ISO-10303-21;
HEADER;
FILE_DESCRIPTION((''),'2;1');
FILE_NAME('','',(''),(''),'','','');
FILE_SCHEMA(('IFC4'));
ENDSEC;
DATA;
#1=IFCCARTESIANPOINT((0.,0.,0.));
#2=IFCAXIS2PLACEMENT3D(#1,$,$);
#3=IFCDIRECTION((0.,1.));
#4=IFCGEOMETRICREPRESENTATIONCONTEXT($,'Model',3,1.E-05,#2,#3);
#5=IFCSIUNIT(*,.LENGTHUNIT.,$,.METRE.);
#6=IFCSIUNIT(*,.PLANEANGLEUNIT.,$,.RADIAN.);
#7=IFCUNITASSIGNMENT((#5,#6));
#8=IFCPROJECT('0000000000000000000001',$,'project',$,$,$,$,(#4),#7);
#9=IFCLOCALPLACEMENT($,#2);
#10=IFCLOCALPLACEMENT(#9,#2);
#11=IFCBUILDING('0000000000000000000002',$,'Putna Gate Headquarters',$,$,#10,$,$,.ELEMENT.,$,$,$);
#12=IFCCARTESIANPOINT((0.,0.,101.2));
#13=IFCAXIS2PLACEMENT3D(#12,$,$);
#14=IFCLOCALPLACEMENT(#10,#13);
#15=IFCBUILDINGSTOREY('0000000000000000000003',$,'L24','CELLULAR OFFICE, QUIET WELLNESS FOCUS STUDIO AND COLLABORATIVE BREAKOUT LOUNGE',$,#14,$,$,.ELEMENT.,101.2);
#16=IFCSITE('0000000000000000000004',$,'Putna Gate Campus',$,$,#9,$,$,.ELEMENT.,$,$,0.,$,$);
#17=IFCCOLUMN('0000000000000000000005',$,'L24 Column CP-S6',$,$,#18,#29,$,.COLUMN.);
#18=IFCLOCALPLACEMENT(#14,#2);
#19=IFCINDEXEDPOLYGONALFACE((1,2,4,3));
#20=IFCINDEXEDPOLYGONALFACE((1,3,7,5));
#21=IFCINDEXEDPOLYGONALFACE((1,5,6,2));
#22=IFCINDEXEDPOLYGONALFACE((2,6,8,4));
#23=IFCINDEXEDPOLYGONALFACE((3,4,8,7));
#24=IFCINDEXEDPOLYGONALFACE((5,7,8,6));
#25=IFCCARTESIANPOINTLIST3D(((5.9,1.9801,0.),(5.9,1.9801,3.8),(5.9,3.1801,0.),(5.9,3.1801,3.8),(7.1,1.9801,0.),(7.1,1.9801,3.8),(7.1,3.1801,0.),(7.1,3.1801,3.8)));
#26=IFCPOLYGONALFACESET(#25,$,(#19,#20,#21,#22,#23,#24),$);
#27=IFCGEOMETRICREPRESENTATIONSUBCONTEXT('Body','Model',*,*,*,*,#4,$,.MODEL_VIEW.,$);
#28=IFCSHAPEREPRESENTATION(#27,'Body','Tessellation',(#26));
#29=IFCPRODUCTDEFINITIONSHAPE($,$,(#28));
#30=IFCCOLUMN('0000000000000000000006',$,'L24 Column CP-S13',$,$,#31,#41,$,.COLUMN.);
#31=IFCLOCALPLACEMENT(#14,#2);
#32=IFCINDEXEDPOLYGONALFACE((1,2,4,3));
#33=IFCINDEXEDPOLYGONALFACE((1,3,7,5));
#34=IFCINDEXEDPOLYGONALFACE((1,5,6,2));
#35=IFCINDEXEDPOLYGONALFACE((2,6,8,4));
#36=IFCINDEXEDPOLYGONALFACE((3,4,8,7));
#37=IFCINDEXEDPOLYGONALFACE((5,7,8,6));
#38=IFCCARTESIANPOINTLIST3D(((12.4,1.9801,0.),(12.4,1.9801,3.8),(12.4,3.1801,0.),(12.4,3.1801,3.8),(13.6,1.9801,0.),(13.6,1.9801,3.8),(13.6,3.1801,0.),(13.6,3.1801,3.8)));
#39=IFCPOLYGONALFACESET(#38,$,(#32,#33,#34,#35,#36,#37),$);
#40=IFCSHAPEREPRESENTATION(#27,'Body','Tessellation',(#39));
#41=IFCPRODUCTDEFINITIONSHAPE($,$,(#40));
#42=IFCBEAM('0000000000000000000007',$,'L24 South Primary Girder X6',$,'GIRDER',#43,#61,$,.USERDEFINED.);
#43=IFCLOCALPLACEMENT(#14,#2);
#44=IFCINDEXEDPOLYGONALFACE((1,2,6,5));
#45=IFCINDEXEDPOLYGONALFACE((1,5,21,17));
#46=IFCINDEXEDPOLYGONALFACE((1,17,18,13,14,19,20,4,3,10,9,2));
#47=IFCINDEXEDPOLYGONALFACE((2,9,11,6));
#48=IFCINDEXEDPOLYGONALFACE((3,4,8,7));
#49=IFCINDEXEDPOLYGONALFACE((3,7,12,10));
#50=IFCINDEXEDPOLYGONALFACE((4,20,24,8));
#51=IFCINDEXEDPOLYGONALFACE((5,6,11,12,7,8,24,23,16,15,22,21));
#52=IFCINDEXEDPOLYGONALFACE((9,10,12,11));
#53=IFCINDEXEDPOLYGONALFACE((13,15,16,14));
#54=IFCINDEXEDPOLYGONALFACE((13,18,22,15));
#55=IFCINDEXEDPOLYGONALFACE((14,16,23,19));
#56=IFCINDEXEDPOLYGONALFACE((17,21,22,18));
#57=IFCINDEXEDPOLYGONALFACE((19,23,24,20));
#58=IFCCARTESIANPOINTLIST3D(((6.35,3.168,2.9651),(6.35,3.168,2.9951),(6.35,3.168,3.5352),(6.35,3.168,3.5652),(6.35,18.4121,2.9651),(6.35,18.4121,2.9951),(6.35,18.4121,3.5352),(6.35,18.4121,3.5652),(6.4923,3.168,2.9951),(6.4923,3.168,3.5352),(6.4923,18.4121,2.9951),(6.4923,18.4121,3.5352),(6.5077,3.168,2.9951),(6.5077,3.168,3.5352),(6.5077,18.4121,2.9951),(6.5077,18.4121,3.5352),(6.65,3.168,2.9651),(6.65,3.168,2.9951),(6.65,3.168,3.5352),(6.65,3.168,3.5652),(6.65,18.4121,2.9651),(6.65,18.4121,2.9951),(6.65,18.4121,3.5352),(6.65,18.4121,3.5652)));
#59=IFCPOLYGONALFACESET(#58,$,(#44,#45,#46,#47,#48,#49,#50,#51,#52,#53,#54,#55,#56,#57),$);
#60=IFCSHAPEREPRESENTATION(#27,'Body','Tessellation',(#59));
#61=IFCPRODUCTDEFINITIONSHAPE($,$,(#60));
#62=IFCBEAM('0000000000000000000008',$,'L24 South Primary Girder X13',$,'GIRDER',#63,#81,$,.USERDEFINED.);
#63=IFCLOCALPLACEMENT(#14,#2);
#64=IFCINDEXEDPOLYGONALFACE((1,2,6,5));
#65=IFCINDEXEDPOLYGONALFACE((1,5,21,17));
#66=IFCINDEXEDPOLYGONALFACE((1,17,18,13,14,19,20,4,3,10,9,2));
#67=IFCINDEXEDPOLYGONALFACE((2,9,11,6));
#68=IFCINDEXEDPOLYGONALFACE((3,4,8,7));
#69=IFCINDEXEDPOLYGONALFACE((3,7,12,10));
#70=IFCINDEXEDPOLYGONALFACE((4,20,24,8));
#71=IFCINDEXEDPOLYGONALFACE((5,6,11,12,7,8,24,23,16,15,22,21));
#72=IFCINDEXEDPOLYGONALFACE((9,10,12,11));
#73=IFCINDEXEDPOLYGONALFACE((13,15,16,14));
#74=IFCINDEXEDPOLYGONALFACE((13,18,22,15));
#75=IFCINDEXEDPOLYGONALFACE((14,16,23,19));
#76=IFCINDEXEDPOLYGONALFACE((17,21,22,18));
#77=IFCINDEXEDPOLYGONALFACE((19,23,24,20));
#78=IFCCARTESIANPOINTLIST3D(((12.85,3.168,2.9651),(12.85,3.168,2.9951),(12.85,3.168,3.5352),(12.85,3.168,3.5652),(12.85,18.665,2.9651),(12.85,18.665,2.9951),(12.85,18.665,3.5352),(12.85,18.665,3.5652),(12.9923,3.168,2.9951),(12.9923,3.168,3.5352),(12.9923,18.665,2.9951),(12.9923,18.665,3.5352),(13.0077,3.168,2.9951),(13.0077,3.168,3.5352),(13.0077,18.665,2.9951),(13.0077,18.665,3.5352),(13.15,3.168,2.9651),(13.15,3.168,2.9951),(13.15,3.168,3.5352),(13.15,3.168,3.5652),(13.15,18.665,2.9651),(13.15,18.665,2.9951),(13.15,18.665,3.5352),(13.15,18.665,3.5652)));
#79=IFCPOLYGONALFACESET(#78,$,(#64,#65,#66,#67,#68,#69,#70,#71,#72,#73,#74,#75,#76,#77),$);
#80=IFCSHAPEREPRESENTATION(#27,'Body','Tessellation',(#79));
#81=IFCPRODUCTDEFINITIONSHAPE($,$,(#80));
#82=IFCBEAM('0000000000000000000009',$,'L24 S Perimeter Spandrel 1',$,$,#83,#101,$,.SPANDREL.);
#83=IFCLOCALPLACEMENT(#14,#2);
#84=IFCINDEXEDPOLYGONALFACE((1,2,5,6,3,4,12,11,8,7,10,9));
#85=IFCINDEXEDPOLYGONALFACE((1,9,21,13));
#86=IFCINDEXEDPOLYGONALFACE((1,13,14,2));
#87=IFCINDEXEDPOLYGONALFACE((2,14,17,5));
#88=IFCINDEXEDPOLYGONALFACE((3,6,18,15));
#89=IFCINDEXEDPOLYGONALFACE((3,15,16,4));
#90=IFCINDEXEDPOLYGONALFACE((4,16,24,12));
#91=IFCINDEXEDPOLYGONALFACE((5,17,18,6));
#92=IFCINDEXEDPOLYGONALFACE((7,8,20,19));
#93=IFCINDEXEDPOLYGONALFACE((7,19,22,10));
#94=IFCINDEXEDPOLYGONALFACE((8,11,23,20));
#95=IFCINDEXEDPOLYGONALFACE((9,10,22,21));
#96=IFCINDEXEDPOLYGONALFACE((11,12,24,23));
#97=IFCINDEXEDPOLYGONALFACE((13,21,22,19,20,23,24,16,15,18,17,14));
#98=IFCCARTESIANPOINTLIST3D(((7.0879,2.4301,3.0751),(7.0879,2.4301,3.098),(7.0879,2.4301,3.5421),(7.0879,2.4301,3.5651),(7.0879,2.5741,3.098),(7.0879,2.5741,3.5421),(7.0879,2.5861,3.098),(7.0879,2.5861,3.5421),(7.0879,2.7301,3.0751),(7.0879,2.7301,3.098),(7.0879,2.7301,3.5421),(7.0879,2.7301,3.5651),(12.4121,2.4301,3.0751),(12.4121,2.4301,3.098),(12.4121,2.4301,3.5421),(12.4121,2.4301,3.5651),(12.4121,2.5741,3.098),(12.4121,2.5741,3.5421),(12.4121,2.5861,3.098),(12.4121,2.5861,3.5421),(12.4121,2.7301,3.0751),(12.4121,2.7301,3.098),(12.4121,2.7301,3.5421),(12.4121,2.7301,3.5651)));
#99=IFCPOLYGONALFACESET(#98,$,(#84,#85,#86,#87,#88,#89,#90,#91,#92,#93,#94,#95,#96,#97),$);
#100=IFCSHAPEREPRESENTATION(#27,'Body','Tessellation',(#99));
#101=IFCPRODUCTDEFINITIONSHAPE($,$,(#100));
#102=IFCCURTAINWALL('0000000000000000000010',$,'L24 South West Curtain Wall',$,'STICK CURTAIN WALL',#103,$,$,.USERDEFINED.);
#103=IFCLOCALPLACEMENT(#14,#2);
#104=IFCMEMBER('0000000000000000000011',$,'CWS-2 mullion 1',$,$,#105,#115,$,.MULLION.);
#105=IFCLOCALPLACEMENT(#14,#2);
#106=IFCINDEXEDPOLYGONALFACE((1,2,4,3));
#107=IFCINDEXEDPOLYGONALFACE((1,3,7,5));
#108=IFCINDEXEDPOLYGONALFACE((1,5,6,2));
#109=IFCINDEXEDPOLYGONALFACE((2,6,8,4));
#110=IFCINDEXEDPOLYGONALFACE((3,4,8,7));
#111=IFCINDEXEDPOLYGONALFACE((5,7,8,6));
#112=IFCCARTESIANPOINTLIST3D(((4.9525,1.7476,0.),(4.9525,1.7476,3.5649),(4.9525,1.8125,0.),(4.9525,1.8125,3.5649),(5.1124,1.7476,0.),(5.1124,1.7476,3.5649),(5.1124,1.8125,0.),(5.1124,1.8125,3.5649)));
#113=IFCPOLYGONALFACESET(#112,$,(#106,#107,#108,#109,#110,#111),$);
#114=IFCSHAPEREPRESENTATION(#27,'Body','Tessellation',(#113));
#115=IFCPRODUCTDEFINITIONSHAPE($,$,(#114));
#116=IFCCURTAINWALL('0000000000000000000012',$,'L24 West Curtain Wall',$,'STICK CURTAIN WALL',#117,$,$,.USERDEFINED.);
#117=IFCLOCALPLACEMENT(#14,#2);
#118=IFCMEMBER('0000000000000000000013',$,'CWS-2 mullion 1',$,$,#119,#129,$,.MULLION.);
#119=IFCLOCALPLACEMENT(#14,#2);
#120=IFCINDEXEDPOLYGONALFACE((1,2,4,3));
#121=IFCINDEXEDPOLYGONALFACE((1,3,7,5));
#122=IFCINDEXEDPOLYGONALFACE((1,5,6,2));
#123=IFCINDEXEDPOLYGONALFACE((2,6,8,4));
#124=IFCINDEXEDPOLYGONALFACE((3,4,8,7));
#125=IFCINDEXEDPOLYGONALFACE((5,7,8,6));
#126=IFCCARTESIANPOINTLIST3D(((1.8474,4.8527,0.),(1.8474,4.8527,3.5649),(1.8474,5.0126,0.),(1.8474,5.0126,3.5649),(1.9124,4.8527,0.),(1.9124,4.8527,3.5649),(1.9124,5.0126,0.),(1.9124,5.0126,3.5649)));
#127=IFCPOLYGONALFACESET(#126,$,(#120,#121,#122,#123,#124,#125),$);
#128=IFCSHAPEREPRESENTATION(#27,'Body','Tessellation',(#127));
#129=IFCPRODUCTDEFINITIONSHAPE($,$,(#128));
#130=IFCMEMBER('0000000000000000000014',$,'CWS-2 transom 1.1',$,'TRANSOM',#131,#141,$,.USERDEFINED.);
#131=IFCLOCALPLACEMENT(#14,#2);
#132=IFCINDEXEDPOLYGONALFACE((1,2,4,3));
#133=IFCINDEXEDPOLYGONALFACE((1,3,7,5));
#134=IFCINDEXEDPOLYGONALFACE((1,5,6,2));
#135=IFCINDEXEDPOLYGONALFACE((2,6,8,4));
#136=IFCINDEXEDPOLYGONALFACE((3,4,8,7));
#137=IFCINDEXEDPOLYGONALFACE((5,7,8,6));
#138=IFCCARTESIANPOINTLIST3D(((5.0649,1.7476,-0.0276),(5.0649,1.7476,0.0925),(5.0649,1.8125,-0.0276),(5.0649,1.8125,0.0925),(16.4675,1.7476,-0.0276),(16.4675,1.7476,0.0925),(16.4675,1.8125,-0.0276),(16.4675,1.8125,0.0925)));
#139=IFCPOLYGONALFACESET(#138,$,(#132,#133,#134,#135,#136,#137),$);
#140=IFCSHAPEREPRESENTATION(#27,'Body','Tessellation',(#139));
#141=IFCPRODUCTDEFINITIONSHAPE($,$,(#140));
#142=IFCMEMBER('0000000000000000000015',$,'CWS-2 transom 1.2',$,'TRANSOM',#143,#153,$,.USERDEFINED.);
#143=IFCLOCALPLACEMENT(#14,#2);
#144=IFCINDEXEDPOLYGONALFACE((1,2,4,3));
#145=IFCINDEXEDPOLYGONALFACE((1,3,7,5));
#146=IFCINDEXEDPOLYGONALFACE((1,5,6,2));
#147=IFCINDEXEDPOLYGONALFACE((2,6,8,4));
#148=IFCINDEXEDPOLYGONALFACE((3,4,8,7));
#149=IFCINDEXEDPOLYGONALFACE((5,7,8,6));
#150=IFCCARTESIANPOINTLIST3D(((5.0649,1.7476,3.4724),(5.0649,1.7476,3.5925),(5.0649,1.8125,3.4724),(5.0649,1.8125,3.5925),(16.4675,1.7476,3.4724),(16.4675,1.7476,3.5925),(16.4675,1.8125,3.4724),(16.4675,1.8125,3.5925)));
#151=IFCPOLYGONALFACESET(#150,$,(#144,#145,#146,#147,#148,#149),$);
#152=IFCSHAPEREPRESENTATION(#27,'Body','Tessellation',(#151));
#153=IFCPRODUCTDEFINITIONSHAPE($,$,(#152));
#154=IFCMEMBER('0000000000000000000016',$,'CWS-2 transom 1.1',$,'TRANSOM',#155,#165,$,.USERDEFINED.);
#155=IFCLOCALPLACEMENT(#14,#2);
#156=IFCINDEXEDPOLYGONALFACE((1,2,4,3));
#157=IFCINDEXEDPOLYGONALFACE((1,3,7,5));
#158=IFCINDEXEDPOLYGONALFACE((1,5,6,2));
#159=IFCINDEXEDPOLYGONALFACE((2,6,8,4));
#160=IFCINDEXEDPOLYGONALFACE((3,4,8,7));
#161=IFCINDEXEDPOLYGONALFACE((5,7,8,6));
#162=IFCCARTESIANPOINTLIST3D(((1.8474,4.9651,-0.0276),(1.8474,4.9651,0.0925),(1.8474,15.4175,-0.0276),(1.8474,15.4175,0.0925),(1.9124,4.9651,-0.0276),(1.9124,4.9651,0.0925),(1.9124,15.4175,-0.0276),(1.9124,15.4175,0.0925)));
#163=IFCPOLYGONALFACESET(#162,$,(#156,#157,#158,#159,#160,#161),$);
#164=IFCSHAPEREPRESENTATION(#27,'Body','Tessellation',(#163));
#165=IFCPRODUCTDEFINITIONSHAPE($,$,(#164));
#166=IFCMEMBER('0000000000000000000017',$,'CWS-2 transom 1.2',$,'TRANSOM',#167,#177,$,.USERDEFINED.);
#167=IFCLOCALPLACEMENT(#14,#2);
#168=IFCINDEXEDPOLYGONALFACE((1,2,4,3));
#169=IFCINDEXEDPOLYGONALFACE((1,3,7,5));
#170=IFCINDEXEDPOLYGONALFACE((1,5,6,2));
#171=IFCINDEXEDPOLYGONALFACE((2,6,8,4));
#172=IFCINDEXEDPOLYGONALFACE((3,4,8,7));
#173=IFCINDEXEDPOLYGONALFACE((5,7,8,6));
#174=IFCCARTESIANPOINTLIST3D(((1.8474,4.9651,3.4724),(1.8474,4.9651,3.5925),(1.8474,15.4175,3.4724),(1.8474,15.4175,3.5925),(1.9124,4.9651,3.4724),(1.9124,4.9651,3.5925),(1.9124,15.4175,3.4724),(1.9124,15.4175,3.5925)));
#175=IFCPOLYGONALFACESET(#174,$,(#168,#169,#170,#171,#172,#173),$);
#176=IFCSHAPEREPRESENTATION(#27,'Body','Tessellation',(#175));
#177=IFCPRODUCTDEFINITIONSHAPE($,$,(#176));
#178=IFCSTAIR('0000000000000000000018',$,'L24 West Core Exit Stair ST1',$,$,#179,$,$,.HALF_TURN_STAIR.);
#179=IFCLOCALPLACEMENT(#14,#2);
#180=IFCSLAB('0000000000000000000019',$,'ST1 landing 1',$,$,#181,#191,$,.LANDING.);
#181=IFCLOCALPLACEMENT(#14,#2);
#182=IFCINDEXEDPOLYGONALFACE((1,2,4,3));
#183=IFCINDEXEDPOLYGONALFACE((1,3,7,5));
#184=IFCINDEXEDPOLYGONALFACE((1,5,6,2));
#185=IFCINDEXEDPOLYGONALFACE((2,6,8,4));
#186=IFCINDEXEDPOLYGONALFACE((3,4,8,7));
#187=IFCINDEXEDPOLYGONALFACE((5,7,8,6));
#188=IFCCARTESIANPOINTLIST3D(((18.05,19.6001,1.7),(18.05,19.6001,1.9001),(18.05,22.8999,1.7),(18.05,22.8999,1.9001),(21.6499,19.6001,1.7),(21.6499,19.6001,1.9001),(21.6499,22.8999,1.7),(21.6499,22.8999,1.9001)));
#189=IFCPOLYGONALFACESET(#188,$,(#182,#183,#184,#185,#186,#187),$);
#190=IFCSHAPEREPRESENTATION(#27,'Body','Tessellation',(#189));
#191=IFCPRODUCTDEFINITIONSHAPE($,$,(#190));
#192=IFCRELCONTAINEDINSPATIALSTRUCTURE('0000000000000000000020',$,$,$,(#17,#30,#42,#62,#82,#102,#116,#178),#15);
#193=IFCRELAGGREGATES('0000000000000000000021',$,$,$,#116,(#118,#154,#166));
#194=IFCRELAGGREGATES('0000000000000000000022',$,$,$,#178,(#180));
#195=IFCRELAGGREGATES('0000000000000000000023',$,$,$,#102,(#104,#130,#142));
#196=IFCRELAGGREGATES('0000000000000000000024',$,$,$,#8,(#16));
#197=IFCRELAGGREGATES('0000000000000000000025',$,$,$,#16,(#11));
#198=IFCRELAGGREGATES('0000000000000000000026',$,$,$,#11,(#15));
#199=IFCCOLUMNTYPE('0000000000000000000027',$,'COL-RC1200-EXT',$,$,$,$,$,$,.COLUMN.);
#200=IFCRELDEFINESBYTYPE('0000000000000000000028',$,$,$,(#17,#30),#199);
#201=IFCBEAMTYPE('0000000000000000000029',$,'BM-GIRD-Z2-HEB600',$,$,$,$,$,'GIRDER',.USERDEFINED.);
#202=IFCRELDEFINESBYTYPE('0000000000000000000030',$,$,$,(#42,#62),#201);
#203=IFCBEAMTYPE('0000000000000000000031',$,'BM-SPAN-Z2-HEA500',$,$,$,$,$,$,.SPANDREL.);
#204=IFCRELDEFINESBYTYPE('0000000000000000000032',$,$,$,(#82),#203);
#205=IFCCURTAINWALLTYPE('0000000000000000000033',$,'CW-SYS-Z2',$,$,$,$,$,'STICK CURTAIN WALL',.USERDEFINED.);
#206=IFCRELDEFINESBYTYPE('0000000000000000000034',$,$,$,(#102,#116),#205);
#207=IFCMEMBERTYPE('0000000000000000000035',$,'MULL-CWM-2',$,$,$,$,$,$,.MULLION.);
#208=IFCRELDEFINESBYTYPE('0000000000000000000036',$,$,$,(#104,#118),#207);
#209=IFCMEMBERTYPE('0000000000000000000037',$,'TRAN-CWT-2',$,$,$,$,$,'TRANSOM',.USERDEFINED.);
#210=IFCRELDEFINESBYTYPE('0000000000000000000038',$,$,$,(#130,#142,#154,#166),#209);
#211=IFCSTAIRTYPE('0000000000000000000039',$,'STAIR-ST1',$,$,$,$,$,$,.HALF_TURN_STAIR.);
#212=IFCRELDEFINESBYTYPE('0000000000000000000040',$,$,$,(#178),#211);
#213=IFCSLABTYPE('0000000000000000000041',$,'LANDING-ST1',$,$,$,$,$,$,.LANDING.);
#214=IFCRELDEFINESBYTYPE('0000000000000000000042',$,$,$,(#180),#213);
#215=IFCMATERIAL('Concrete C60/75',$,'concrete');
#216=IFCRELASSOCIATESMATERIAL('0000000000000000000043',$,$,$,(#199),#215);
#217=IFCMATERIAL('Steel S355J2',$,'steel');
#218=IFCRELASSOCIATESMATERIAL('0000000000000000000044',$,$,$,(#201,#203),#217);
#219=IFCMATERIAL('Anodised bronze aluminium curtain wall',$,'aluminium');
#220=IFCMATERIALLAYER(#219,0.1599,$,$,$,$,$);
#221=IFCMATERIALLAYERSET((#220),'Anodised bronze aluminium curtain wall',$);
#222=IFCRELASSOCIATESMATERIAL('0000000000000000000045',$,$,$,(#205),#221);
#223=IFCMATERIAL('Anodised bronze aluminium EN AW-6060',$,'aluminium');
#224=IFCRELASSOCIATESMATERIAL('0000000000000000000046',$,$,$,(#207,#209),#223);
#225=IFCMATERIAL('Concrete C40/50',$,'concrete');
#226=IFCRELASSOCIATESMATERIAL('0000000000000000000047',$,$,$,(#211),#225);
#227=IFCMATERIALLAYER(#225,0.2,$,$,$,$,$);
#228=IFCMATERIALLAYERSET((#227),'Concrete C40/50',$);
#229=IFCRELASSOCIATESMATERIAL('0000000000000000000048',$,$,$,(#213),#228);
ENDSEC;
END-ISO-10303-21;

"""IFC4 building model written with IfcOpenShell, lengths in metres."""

from ifc_helpers import new_model, si_unit, direction, frame, origin, origin_2d, place, context, subcontext, project, spatial, polyline, rectangle, i_section, outline, extrude, material, layer, layer_set, material_profile, profile_set, type_object, element, aggregate, save


model = new_model("IFC4")

# Units and contexts
model_context = context("Model", 3, precision=1e-05, world=origin(), true_north=direction((0.0, 1.0)))
body_context = subcontext(model_context, "Body", "Model", "MODEL_VIEW")
ifc_project = project(units=[si_unit("LENGTHUNIT", "METRE"), si_unit("PLANEANGLEUNIT", "RADIAN")], contexts=[model_context])

# Site, building, storey
site_placement = place(None, origin())
site = spatial("IfcSite", under=ifc_project, at=site_placement, Name="Putna Gate Campus", CompositionType="ELEMENT", RefElevation=0.0)
building_placement = place(site_placement, origin())
building = spatial("IfcBuilding", under=site, at=building_placement, Name="Putna Gate Headquarters", CompositionType="ELEMENT")
storey_placement = place(building_placement, frame((0.0, 0.0, 101.2)))
storey = spatial("IfcBuildingStorey", under=building, at=storey_placement, Name="L24", Description="CELLULAR OFFICE, QUIET WELLNESS FOCUS STUDIO AND COLLABORATIVE BREAKOUT LOUNGE", CompositionType="ELEMENT", Elevation=101.2)

# Columns
ifc_material_1 = material(Name="Concrete C60/75", Category="concrete")
ifc_material_profile_1 = material_profile(ifc_material_1, rectangle(XDim=1.2, YDim=1.2, at=origin_2d()), Name="Concrete C60/75")
ifc_profile_set_1 = profile_set([ifc_material_profile_1], Name="Concrete C60/75")
column_type = type_object("IfcColumnType", Name="COL-RC1200-EXT", PredefinedType="COLUMN", material=ifc_profile_set_1)
for number, where, z_axis, x_axis, name in (
    (1, (6.5, 2.5801, 0.0), (0.0, 0.0, 1.0), (1.0, 0.0, 0.0), "L24 Column CP-S6"),
    (2, (13.0, 2.5801, 0.0), (0.0, 0.0, 1.0), (1.0, 0.0, 0.0), "L24 Column CP-S13"),
):
    element("IfcColumn", number, at=place(storey_placement, frame(where, z_axis=z_axis, x_axis=x_axis)), inside=storey, type_object=column_type, Name=name, PredefinedType="COLUMN", context=body_context, shape_type="SweptSolid", body=[
        extrude(rectangle(XDim=1.2, YDim=1.2, at=origin_2d()), origin(), (0.0, 0.0, 1.0), 3.8),
    ])

# Beams
ifc_material_2 = material(Name="Steel S355J2", Category="steel")
ifc_material_profile_2 = material_profile(ifc_material_2, i_section(OverallWidth=0.3, OverallDepth=0.6001, WebThickness=0.0154, FlangeThickness=0.03, at=origin_2d()), Name="Steel S355J2")
ifc_profile_set_2 = profile_set([ifc_material_profile_2], Name="Steel S355J2")
beam_type_1 = type_object("IfcBeamType", Name="BM-GIRD-Z2-HEB600", ElementType="GIRDER", PredefinedType="USERDEFINED", material=ifc_profile_set_2)
beam_1_placement = place(storey_placement, frame((6.5, 3.168, 3.2651), z_axis=(0.0, 1.0, 0.0), x_axis=(-1.0, 0.0, 0.0)))
element("IfcBeam", 3, at=beam_1_placement, inside=storey, type_object=beam_type_1, Name="L24 South Primary Girder X6", ObjectType="GIRDER", PredefinedType="USERDEFINED", context=body_context, shape_type="SweptSolid", body=[
    extrude(i_section(OverallWidth=0.3, OverallDepth=0.6001, WebThickness=0.0154, FlangeThickness=0.03, at=origin_2d()), origin(), (0.0, 0.0, 1.0), 15.2441),
])
beam_2_placement = place(storey_placement, frame((13.0, 3.168, 3.2651), z_axis=(0.0, 1.0, 0.0), x_axis=(-1.0, 0.0, 0.0)))
element("IfcBeam", 4, at=beam_2_placement, inside=storey, type_object=beam_type_1, Name="L24 South Primary Girder X13", ObjectType="GIRDER", PredefinedType="USERDEFINED", context=body_context, shape_type="SweptSolid", body=[
    extrude(i_section(OverallWidth=0.3, OverallDepth=0.6001, WebThickness=0.0154, FlangeThickness=0.03, at=origin_2d()), origin(), (0.0, 0.0, 1.0), 15.4971),
])
ifc_material_profile_3 = material_profile(ifc_material_2, i_section(OverallWidth=0.3, OverallDepth=0.49, WebThickness=0.012, FlangeThickness=0.0229, at=origin_2d()), Name="Steel S355J2")
ifc_profile_set_3 = profile_set([ifc_material_profile_3], Name="Steel S355J2")
beam_type_2 = type_object("IfcBeamType", Name="BM-SPAN-Z2-HEA500", PredefinedType="SPANDREL", material=ifc_profile_set_3)
beam_3_placement = place(storey_placement, frame((7.0879, 2.5801, 3.3201), z_axis=(1.0, 0.0, 0.0), x_axis=(0.0, 1.0, 0.0)))
element("IfcBeam", 5, at=beam_3_placement, inside=storey, type_object=beam_type_2, Name="L24 S Perimeter Spandrel 1", PredefinedType="SPANDREL", context=body_context, shape_type="SweptSolid", body=[
    extrude(i_section(OverallWidth=0.3, OverallDepth=0.49, WebThickness=0.012, FlangeThickness=0.0229, at=origin_2d()), origin(), (0.0, 0.0, 1.0), 5.3242),
])

# Curtain walls, members
ifc_material_3 = material(Name="Anodised bronze aluminium curtain wall", Category="aluminium")
ifc_layer_1 = layer(ifc_material_3, 0.1599)
ifc_layer_set_1 = layer_set([ifc_layer_1], Name="Anodised bronze aluminium curtain wall")
curtain_wall_type = type_object("IfcCurtainWallType", Name="CW-SYS-Z2", ElementType="STICK CURTAIN WALL", PredefinedType="USERDEFINED", material=ifc_layer_set_1)
curtain_wall_1_placement = place(storey_placement, origin())
curtain_wall_1 = element("IfcCurtainWall", 6, at=curtain_wall_1_placement, inside=storey, type_object=curtain_wall_type, Name="L24 South West Curtain Wall", ObjectType="STICK CURTAIN WALL", PredefinedType="USERDEFINED")
ifc_material_4 = material(Name="Anodised bronze aluminium EN AW-6060", Category="aluminium")
ifc_material_profile_4 = material_profile(ifc_material_4, rectangle(XDim=0.0649, YDim=0.1599, at=origin_2d()), Name="Anodised bronze aluminium EN AW-6060")
ifc_profile_set_4 = profile_set([ifc_material_profile_4], Name="Anodised bronze aluminium EN AW-6060")
member_type_1 = type_object("IfcMemberType", Name="MULL-CWM-2", PredefinedType="MULLION", material=ifc_profile_set_4)
member_1_placement = place(storey_placement, frame((5.0325, 1.78, 0.0), z_axis=(0.0, 0.0, 1.0), x_axis=(0.0, 1.0, 0.0)))
member_1 = element("IfcMember", 7, at=member_1_placement, type_object=member_type_1, Name="CWS-2 mullion 1", PredefinedType="MULLION", context=body_context, shape_type="SweptSolid", body=[
    extrude(rectangle(XDim=0.0649, YDim=0.1599, at=origin_2d()), origin(), (0.0, 0.0, 1.0), 3.5649),
])
curtain_wall_2_placement = place(storey_placement, origin())
curtain_wall_2 = element("IfcCurtainWall", 8, at=curtain_wall_2_placement, inside=storey, type_object=curtain_wall_type, Name="L24 West Curtain Wall", ObjectType="STICK CURTAIN WALL", PredefinedType="USERDEFINED")
member_2_placement = place(storey_placement, frame((1.8799, 4.9326, 0.0), z_axis=(0.0, 0.0, 1.0), x_axis=(-1.0, 0.0, 0.0)))
member_2 = element("IfcMember", 9, at=member_2_placement, type_object=member_type_1, Name="CWS-2 mullion 1", PredefinedType="MULLION", context=body_context, shape_type="SweptSolid", body=[
    extrude(rectangle(XDim=0.0649, YDim=0.1599, at=origin_2d()), origin(), (0.0, 0.0, 1.0), 3.5649),
])

# Members
ifc_material_profile_5 = material_profile(ifc_material_4, rectangle(XDim=0.0649, YDim=0.1201, at=origin_2d()), Name="Anodised bronze aluminium EN AW-6060")
ifc_profile_set_5 = profile_set([ifc_material_profile_5], Name="Anodised bronze aluminium EN AW-6060")
member_type_2 = type_object("IfcMemberType", Name="TRAN-CWT-2", ElementType="TRANSOM", PredefinedType="USERDEFINED", material=ifc_profile_set_5)
member_3_placement = place(storey_placement, frame((5.0649, 1.78, 0.0325), z_axis=(1.0, 0.0, 0.0), x_axis=(0.0, 1.0, 0.0)))
member_3 = element("IfcMember", 10, at=member_3_placement, type_object=member_type_2, Name="CWS-2 transom 1.1", ObjectType="TRANSOM", PredefinedType="USERDEFINED", context=body_context, shape_type="SweptSolid", body=[
    extrude(rectangle(XDim=0.0649, YDim=0.1201, at=origin_2d()), origin(), (0.0, 0.0, 1.0), 11.4026),
])
member_4_placement = place(storey_placement, frame((5.0649, 1.78, 3.5325), z_axis=(1.0, 0.0, 0.0), x_axis=(0.0, 1.0, 0.0)))
member_4 = element("IfcMember", 11, at=member_4_placement, type_object=member_type_2, Name="CWS-2 transom 1.2", ObjectType="TRANSOM", PredefinedType="USERDEFINED", context=body_context, shape_type="SweptSolid", body=[
    extrude(rectangle(XDim=0.0649, YDim=0.1201, at=origin_2d()), origin(), (0.0, 0.0, 1.0), 11.4026),
])
member_5_placement = place(storey_placement, frame((1.8799, 4.9651, 0.0325), z_axis=(0.0, 1.0, 0.0), x_axis=(-1.0, 0.0, 0.0)))
member_5 = element("IfcMember", 12, at=member_5_placement, type_object=member_type_2, Name="CWS-2 transom 1.1", ObjectType="TRANSOM", PredefinedType="USERDEFINED", context=body_context, shape_type="SweptSolid", body=[
    extrude(rectangle(XDim=0.0649, YDim=0.1201, at=origin_2d()), origin(), (0.0, 0.0, 1.0), 10.4524),
])
member_6_placement = place(storey_placement, frame((1.8799, 4.9651, 3.5325), z_axis=(0.0, 1.0, 0.0), x_axis=(-1.0, 0.0, 0.0)))
member_6 = element("IfcMember", 13, at=member_6_placement, type_object=member_type_2, Name="CWS-2 transom 1.2", ObjectType="TRANSOM", PredefinedType="USERDEFINED", context=body_context, shape_type="SweptSolid", body=[
    extrude(rectangle(XDim=0.0649, YDim=0.1201, at=origin_2d()), origin(), (0.0, 0.0, 1.0), 10.4524),
])
aggregate(curtain_wall_2, [member_2, member_5, member_6])

# Stair, slab
ifc_material_5 = material(Name="Concrete C40/50", Category="concrete")
stair_type_1 = type_object("IfcStairType", Name="STAIR-ST1", PredefinedType="HALF_TURN_STAIR", material=ifc_material_5)
stair_1_placement = place(storey_placement, origin())
stair_1 = element("IfcStair", 14, at=stair_1_placement, inside=storey, type_object=stair_type_1, Name="L24 West Core Exit Stair ST1", PredefinedType="HALF_TURN_STAIR")
ifc_layer_2 = layer(ifc_material_5, 0.2)
ifc_layer_set_2 = layer_set([ifc_layer_2], Name="Concrete C40/50")
slab_type_1 = type_object("IfcSlabType", Name="LANDING-ST1", PredefinedType="LANDING", material=ifc_layer_set_2)
slab_1_placement = place(storey_placement, frame((0.0, 0.0, 1.7)))
slab_1 = element("IfcSlab", 15, at=slab_1_placement, type_object=slab_type_1, Name="ST1 landing 1", PredefinedType="LANDING", context=body_context, shape_type="SweptSolid", body=[
    extrude(outline(polyline([(18.05, 19.6001), (21.6499, 19.6001), (21.6499, 22.8999), (18.05, 22.8999), (18.05, 19.6001)])), origin(), (0.0, 0.0, 1.0), 0.2002),
])
aggregate(stair_1, [slab_1])

aggregate(curtain_wall_1, [member_1, member_3, member_4])

save(model, "model.ifc")
